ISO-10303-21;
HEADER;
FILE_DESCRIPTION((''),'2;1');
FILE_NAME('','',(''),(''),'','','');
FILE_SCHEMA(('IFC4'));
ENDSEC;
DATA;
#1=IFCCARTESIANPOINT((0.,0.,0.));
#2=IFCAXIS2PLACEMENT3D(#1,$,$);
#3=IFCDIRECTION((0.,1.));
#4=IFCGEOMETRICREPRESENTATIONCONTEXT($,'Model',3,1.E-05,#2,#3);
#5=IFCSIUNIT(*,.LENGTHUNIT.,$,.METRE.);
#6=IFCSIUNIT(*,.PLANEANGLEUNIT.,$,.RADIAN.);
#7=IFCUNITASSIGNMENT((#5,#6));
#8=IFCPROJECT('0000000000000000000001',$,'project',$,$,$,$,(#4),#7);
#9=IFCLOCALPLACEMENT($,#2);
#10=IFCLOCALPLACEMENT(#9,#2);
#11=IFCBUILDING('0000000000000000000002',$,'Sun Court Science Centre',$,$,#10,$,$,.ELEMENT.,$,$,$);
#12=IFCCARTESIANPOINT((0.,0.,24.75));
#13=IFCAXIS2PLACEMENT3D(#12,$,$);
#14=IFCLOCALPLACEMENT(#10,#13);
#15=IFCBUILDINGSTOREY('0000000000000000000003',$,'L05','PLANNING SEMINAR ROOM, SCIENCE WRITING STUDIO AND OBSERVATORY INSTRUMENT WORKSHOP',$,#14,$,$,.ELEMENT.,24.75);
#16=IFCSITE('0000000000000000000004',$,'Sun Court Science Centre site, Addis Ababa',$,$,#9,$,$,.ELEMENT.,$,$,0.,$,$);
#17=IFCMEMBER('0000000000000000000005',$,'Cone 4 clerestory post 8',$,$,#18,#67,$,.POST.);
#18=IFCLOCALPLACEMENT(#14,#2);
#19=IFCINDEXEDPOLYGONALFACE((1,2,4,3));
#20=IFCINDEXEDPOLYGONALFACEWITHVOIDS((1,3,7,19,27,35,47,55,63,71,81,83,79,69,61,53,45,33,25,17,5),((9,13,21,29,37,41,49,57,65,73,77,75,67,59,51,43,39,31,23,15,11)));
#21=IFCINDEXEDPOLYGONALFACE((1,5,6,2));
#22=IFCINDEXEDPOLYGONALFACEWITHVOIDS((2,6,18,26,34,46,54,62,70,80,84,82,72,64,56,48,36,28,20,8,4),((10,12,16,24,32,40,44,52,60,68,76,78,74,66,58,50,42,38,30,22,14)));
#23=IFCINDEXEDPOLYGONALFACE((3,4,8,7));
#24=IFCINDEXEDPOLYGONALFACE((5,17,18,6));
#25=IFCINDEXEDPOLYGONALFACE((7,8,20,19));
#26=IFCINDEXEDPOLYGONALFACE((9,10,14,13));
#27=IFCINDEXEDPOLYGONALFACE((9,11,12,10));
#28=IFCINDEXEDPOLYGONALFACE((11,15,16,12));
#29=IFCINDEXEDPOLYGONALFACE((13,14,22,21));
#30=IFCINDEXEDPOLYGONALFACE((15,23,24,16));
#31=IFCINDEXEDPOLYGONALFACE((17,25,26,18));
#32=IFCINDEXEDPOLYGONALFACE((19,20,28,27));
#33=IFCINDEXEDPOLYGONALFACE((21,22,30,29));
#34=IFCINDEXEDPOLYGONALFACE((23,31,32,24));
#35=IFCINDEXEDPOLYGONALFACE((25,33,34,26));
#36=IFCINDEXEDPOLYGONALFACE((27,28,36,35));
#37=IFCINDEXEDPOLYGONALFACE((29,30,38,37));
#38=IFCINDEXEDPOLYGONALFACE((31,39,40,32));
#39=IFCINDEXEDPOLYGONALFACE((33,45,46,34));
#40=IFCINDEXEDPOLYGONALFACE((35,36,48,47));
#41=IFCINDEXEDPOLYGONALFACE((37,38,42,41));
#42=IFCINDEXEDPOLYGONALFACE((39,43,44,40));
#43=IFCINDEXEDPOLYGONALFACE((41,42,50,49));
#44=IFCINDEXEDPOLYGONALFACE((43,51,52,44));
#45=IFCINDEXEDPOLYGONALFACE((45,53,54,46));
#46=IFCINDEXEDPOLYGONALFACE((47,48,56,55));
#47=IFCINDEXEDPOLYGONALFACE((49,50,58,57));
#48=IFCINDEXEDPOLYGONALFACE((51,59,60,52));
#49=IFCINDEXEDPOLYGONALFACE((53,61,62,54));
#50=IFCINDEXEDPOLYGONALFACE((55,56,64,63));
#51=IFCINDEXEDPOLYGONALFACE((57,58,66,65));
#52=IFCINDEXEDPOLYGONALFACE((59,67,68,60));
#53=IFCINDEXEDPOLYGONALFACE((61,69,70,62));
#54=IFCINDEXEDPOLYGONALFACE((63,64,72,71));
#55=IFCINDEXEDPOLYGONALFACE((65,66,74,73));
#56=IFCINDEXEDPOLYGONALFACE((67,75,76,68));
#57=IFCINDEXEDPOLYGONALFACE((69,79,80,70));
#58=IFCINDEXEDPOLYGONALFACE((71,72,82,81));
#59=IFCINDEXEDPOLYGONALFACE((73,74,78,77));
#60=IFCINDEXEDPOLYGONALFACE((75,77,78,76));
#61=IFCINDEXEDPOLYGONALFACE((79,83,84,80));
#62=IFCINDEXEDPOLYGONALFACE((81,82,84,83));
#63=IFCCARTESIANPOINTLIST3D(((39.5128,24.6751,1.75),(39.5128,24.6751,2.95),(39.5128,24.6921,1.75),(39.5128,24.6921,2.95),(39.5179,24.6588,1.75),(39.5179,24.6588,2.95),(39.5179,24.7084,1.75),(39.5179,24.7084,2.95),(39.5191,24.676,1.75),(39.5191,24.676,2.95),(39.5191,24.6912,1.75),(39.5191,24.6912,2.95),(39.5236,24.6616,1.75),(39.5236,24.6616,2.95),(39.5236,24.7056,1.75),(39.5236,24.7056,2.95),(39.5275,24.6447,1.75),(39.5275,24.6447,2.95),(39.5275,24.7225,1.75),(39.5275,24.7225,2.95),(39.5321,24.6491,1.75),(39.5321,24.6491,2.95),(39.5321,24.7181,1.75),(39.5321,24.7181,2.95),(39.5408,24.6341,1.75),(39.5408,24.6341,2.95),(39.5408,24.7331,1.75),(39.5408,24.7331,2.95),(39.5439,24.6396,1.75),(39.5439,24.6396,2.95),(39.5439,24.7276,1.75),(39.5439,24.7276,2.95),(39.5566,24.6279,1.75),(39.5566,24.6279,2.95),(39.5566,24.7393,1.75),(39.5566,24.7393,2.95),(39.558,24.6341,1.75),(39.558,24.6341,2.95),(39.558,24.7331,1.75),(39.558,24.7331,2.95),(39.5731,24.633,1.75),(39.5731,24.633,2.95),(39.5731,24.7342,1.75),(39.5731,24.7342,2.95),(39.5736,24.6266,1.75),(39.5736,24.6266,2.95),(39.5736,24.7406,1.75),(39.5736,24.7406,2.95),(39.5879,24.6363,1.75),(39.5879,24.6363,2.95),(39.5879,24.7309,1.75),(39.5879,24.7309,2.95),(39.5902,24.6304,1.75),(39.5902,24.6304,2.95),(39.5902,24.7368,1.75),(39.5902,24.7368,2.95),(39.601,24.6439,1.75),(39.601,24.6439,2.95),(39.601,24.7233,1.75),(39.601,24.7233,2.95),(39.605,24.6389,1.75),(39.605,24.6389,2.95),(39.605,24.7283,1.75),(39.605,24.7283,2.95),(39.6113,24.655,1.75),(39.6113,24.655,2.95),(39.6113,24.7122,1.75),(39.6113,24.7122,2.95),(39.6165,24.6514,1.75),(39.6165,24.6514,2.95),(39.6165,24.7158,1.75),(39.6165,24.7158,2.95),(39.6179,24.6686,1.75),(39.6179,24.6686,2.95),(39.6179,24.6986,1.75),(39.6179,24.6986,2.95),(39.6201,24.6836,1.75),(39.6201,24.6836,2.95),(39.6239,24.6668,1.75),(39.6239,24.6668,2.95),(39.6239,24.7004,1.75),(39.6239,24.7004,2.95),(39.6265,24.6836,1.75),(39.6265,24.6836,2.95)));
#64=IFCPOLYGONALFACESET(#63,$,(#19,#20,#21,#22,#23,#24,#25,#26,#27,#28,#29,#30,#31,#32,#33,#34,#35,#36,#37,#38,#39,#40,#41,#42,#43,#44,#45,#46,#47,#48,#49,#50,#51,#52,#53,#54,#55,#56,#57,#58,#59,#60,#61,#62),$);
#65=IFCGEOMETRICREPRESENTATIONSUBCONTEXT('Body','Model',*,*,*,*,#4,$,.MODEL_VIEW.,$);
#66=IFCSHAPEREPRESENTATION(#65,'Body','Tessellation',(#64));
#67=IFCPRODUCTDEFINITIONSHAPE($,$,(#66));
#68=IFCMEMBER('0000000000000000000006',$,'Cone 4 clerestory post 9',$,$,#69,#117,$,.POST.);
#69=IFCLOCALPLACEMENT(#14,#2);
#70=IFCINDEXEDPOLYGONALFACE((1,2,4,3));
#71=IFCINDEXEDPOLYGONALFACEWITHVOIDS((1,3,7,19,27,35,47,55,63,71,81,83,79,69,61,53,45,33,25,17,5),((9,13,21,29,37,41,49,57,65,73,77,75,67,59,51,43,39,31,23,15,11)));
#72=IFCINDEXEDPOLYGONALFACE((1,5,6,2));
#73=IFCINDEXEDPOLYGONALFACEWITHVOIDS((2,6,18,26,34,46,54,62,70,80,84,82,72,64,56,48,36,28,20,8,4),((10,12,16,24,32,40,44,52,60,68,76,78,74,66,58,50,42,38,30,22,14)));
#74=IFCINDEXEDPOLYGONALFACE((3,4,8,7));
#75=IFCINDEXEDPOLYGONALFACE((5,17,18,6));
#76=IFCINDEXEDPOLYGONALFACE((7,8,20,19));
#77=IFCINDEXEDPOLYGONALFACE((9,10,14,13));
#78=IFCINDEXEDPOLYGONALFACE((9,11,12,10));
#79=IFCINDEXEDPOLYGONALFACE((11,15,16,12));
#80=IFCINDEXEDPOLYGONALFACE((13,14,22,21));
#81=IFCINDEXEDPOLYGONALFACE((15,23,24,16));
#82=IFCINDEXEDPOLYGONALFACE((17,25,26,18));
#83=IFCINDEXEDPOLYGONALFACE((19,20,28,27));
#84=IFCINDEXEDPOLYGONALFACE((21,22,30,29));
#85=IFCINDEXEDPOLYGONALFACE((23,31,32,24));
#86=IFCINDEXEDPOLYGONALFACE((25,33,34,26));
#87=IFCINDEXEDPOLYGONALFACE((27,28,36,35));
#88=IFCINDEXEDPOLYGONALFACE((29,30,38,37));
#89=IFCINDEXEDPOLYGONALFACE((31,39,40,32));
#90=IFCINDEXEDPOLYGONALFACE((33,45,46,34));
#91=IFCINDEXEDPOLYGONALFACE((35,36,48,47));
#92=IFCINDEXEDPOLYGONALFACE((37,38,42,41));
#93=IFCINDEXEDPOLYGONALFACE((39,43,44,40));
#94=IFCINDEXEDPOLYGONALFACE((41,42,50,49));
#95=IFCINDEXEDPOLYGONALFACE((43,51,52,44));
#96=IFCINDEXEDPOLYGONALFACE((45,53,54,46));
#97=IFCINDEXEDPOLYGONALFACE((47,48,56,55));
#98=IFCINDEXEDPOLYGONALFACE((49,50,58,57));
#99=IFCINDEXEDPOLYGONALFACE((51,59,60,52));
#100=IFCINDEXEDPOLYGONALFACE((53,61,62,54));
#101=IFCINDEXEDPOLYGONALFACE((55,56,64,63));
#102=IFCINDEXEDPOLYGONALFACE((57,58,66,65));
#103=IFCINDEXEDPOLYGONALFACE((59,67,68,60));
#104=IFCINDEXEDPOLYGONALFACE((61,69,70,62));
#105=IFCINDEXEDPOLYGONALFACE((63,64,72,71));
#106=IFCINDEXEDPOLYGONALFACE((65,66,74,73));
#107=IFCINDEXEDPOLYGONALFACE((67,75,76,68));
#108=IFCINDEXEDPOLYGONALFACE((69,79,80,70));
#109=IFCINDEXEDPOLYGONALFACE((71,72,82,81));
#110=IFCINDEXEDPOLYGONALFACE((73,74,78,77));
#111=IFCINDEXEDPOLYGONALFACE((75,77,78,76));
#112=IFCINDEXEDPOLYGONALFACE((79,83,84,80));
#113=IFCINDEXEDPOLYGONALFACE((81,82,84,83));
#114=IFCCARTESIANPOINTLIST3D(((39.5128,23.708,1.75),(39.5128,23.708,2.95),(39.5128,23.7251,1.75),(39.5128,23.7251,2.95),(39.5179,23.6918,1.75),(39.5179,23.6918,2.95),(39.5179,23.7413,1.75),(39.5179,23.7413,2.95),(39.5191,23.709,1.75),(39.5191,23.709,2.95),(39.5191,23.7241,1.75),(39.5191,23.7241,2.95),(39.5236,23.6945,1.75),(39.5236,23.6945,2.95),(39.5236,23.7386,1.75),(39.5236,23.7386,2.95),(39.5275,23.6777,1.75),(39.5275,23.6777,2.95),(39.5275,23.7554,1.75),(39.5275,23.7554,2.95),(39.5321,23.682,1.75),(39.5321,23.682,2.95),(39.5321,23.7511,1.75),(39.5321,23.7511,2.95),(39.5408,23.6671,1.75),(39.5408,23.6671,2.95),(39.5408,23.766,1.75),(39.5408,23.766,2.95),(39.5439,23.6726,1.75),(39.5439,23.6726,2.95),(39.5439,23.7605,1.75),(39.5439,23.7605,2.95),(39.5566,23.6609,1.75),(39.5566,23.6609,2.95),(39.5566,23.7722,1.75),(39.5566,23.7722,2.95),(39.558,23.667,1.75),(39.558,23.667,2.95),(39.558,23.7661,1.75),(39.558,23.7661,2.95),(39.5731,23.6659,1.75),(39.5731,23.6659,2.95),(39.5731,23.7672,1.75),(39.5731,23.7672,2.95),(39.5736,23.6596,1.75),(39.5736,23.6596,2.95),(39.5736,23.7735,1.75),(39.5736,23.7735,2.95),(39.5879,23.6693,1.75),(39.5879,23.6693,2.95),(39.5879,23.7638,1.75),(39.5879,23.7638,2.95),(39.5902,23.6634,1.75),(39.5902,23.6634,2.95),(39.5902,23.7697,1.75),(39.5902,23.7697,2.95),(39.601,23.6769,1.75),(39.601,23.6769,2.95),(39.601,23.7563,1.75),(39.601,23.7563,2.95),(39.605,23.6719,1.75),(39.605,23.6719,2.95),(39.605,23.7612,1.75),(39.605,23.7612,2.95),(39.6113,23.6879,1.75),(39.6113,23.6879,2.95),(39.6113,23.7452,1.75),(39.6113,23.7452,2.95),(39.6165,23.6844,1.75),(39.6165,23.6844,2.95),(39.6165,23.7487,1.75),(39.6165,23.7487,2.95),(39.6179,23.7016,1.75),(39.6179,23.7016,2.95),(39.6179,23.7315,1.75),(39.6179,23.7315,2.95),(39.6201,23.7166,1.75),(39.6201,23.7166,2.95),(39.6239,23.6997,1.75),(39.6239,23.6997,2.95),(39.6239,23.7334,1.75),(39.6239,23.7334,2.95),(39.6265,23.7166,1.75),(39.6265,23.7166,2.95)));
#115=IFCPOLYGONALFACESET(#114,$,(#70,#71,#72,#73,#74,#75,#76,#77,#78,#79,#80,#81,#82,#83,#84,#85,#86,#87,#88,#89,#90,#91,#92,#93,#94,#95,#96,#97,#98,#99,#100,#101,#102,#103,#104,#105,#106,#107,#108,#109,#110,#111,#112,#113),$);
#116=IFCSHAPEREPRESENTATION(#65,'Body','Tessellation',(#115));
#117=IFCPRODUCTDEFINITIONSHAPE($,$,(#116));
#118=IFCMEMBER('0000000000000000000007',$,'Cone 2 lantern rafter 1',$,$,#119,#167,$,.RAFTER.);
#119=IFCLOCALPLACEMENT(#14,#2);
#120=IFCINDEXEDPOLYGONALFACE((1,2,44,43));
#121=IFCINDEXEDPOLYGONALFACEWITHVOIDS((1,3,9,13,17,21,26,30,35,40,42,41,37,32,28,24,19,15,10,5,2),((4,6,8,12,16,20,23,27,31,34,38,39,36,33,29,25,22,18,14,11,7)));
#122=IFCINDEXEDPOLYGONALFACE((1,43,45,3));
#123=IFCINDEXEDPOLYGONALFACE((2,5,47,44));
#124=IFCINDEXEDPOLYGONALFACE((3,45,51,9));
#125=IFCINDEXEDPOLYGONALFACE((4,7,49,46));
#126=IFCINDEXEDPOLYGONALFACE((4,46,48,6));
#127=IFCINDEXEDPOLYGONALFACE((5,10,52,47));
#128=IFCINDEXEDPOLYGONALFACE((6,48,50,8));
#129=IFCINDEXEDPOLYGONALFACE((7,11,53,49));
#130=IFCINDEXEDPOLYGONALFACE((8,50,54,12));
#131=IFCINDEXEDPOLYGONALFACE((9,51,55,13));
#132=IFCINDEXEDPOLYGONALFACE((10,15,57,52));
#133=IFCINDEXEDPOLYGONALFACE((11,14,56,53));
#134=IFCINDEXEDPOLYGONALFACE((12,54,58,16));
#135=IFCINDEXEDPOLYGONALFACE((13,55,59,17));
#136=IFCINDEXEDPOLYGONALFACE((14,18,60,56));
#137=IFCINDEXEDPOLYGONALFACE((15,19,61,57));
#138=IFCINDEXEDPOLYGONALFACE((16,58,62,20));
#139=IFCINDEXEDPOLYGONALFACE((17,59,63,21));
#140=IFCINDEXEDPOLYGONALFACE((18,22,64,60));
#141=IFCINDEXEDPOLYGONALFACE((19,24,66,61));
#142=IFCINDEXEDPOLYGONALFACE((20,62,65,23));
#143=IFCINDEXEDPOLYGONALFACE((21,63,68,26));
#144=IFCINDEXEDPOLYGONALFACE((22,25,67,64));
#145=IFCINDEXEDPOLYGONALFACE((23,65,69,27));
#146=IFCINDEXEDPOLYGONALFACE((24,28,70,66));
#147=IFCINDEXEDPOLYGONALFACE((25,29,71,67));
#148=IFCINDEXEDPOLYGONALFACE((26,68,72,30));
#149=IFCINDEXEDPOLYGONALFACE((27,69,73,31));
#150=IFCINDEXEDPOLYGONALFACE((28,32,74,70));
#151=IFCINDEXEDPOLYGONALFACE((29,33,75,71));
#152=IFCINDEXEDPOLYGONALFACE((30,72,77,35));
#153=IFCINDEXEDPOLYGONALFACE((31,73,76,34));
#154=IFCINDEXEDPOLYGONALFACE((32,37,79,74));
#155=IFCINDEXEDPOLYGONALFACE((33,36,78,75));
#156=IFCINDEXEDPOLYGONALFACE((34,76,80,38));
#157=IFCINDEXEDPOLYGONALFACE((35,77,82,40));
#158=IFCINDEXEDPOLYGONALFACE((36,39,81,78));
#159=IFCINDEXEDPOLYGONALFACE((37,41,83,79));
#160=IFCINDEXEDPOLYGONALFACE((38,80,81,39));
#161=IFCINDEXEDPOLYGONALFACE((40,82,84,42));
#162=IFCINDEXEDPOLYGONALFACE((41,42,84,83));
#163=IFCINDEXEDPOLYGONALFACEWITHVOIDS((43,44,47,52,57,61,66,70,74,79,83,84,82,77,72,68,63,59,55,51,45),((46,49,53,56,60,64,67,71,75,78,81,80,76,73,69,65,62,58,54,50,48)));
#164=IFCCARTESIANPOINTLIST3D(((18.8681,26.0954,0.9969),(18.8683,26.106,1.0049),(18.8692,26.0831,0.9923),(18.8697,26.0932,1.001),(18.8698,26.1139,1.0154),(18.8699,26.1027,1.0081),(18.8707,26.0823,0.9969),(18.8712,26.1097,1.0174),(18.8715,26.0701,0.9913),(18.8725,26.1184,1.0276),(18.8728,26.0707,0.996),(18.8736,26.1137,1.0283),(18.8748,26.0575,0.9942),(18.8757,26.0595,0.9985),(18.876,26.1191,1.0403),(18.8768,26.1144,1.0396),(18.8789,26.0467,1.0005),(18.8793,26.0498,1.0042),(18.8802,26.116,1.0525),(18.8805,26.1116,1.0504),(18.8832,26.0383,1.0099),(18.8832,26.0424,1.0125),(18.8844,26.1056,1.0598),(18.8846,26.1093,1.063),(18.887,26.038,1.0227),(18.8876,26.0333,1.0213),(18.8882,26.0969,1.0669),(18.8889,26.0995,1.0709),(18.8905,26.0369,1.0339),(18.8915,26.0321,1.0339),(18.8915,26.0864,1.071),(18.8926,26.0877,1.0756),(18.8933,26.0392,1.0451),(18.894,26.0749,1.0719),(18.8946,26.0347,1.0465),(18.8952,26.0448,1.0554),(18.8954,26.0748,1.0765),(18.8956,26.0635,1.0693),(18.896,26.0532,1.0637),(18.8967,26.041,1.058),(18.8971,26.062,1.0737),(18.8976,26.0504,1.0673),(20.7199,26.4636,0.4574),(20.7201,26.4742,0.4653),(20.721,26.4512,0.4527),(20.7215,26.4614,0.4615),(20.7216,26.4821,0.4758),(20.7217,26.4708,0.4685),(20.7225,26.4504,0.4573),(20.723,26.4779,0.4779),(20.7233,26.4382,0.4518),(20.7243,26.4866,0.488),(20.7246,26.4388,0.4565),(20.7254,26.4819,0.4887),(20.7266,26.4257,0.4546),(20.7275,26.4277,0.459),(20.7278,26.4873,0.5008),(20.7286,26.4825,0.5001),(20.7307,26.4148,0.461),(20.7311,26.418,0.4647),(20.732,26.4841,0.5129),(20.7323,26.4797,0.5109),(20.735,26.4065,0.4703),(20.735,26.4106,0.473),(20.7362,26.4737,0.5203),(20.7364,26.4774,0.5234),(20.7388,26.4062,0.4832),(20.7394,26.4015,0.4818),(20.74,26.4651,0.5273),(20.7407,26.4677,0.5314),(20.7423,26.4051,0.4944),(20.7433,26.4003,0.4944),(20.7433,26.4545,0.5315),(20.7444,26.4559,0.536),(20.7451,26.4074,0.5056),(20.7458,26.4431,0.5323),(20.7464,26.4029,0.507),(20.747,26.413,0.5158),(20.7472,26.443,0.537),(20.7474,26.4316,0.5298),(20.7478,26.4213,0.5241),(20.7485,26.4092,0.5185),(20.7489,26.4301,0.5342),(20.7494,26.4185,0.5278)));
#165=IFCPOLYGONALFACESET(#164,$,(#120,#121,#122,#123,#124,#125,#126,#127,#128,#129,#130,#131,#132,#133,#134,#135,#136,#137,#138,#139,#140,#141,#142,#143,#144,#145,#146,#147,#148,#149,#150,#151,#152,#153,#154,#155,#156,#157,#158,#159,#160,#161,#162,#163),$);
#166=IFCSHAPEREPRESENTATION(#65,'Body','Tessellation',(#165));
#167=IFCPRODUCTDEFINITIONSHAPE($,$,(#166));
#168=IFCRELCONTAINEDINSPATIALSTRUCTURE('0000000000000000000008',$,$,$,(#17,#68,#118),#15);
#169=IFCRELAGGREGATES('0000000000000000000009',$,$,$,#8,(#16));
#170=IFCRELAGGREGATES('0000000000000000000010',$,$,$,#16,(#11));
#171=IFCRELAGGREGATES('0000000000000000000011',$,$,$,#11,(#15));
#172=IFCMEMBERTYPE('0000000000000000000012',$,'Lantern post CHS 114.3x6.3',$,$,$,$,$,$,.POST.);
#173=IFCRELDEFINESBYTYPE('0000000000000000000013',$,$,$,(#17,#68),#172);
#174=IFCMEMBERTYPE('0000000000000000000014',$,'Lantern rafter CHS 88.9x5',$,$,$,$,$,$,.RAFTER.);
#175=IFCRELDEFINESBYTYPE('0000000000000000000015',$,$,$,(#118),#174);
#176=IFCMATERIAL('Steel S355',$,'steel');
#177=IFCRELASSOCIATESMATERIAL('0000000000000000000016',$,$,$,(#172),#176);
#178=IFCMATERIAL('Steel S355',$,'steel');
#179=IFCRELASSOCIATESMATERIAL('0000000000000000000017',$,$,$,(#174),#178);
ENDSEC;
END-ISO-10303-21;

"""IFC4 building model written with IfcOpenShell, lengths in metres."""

from ifc_helpers import new_model, si_unit, direction, frame, origin, origin_2d, place, context, subcontext, project, spatial, hollow_circle, extrude, material, material_profile, profile_set, type_object, element, save


model = new_model("IFC4")

# Units and contexts
model_context = context("Model", 3, precision=1e-05, world=origin(), true_north=direction((0.0, 1.0)))
body_context = subcontext(model_context, "Body", "Model", "MODEL_VIEW")
ifc_project = project(units=[si_unit("LENGTHUNIT", "METRE"), si_unit("PLANEANGLEUNIT", "RADIAN")], contexts=[model_context])

# Site, building, storey
site_placement = place(None, origin())
site = spatial("IfcSite", under=ifc_project, at=site_placement, Name="Sun Court Science Centre site, Addis Ababa", CompositionType="ELEMENT", RefElevation=0.0)
building_placement = place(site_placement, origin())
building = spatial("IfcBuilding", under=site, at=building_placement, Name="Sun Court Science Centre", CompositionType="ELEMENT")
storey_placement = place(building_placement, frame((0.0, 0.0, 24.75)))
storey = spatial("IfcBuildingStorey", under=building, at=storey_placement, Name="L05", Description="PLANNING SEMINAR ROOM, SCIENCE WRITING STUDIO AND OBSERVATORY INSTRUMENT WORKSHOP", CompositionType="ELEMENT", Elevation=24.75)

# Members
ifc_material_1 = material(Name="Steel S355", Category="steel")
ifc_material_profile_1 = material_profile(ifc_material_1, hollow_circle(Radius=0.0571, WallThickness=0.0063, at=origin_2d()), Name="CHS 114.3x6.3")
ifc_profile_set_1 = profile_set([ifc_material_profile_1], Name="Steel S355")
member_type_1 = type_object("IfcMemberType", Name="Lantern post CHS 114.3x6.3", PredefinedType="POST", material=ifc_profile_set_1)
for number, where, z_axis, x_axis, name in (
    (1, (39.5693, 24.6836, 1.75), (0.0, 0.0, 1.0), (1.0, 0.0, 0.0), "Cone 4 clerestory post 8"),
    (2, (39.5693, 23.7166, 1.75), (0.0, 0.0, 1.0), (1.0, 0.0, 0.0), "Cone 4 clerestory post 9"),
):
    element("IfcMember", number, at=place(storey_placement, frame(where, z_axis=z_axis, x_axis=x_axis)), inside=storey, type_object=member_type_1, Name=name, PredefinedType="POST", context=body_context, shape_type="SweptSolid", body=[
        extrude(hollow_circle(Radius=0.0571, WallThickness=0.0063, at=origin_2d()), origin(), (0.0, 0.0, 1.0), 1.2),
    ])
ifc_material_2 = material(Name="Steel S355", Category="steel")
ifc_material_profile_2 = material_profile(ifc_material_2, hollow_circle(Radius=0.0444, WallThickness=0.0049, at=origin_2d()), Name="CHS 88.9x5")
ifc_profile_set_2 = profile_set([ifc_material_profile_2], Name="Steel S355")
member_type_2 = type_object("IfcMemberType", Name="Lantern rafter CHS 88.9x5", PredefinedType="RAFTER", material=ifc_profile_set_2)
member_1_placement = place(storey_placement, frame((20.7346, 26.4438, 0.4944), z_axis=(-0.943052, -0.187491, 0.274772), x_axis=(0.194997, -0.980804, 0.0)))
element("IfcMember", 3, at=member_1_placement, inside=storey, type_object=member_type_2, Name="Cone 2 lantern rafter 1", PredefinedType="RAFTER", context=body_context, shape_type="SweptSolid", body=[
    extrude(hollow_circle(Radius=0.0444, WallThickness=0.0049, at=origin_2d()), origin(), (0.0, 0.0, 1.0), 1.9636),
])

save(model, "model.ifc")
